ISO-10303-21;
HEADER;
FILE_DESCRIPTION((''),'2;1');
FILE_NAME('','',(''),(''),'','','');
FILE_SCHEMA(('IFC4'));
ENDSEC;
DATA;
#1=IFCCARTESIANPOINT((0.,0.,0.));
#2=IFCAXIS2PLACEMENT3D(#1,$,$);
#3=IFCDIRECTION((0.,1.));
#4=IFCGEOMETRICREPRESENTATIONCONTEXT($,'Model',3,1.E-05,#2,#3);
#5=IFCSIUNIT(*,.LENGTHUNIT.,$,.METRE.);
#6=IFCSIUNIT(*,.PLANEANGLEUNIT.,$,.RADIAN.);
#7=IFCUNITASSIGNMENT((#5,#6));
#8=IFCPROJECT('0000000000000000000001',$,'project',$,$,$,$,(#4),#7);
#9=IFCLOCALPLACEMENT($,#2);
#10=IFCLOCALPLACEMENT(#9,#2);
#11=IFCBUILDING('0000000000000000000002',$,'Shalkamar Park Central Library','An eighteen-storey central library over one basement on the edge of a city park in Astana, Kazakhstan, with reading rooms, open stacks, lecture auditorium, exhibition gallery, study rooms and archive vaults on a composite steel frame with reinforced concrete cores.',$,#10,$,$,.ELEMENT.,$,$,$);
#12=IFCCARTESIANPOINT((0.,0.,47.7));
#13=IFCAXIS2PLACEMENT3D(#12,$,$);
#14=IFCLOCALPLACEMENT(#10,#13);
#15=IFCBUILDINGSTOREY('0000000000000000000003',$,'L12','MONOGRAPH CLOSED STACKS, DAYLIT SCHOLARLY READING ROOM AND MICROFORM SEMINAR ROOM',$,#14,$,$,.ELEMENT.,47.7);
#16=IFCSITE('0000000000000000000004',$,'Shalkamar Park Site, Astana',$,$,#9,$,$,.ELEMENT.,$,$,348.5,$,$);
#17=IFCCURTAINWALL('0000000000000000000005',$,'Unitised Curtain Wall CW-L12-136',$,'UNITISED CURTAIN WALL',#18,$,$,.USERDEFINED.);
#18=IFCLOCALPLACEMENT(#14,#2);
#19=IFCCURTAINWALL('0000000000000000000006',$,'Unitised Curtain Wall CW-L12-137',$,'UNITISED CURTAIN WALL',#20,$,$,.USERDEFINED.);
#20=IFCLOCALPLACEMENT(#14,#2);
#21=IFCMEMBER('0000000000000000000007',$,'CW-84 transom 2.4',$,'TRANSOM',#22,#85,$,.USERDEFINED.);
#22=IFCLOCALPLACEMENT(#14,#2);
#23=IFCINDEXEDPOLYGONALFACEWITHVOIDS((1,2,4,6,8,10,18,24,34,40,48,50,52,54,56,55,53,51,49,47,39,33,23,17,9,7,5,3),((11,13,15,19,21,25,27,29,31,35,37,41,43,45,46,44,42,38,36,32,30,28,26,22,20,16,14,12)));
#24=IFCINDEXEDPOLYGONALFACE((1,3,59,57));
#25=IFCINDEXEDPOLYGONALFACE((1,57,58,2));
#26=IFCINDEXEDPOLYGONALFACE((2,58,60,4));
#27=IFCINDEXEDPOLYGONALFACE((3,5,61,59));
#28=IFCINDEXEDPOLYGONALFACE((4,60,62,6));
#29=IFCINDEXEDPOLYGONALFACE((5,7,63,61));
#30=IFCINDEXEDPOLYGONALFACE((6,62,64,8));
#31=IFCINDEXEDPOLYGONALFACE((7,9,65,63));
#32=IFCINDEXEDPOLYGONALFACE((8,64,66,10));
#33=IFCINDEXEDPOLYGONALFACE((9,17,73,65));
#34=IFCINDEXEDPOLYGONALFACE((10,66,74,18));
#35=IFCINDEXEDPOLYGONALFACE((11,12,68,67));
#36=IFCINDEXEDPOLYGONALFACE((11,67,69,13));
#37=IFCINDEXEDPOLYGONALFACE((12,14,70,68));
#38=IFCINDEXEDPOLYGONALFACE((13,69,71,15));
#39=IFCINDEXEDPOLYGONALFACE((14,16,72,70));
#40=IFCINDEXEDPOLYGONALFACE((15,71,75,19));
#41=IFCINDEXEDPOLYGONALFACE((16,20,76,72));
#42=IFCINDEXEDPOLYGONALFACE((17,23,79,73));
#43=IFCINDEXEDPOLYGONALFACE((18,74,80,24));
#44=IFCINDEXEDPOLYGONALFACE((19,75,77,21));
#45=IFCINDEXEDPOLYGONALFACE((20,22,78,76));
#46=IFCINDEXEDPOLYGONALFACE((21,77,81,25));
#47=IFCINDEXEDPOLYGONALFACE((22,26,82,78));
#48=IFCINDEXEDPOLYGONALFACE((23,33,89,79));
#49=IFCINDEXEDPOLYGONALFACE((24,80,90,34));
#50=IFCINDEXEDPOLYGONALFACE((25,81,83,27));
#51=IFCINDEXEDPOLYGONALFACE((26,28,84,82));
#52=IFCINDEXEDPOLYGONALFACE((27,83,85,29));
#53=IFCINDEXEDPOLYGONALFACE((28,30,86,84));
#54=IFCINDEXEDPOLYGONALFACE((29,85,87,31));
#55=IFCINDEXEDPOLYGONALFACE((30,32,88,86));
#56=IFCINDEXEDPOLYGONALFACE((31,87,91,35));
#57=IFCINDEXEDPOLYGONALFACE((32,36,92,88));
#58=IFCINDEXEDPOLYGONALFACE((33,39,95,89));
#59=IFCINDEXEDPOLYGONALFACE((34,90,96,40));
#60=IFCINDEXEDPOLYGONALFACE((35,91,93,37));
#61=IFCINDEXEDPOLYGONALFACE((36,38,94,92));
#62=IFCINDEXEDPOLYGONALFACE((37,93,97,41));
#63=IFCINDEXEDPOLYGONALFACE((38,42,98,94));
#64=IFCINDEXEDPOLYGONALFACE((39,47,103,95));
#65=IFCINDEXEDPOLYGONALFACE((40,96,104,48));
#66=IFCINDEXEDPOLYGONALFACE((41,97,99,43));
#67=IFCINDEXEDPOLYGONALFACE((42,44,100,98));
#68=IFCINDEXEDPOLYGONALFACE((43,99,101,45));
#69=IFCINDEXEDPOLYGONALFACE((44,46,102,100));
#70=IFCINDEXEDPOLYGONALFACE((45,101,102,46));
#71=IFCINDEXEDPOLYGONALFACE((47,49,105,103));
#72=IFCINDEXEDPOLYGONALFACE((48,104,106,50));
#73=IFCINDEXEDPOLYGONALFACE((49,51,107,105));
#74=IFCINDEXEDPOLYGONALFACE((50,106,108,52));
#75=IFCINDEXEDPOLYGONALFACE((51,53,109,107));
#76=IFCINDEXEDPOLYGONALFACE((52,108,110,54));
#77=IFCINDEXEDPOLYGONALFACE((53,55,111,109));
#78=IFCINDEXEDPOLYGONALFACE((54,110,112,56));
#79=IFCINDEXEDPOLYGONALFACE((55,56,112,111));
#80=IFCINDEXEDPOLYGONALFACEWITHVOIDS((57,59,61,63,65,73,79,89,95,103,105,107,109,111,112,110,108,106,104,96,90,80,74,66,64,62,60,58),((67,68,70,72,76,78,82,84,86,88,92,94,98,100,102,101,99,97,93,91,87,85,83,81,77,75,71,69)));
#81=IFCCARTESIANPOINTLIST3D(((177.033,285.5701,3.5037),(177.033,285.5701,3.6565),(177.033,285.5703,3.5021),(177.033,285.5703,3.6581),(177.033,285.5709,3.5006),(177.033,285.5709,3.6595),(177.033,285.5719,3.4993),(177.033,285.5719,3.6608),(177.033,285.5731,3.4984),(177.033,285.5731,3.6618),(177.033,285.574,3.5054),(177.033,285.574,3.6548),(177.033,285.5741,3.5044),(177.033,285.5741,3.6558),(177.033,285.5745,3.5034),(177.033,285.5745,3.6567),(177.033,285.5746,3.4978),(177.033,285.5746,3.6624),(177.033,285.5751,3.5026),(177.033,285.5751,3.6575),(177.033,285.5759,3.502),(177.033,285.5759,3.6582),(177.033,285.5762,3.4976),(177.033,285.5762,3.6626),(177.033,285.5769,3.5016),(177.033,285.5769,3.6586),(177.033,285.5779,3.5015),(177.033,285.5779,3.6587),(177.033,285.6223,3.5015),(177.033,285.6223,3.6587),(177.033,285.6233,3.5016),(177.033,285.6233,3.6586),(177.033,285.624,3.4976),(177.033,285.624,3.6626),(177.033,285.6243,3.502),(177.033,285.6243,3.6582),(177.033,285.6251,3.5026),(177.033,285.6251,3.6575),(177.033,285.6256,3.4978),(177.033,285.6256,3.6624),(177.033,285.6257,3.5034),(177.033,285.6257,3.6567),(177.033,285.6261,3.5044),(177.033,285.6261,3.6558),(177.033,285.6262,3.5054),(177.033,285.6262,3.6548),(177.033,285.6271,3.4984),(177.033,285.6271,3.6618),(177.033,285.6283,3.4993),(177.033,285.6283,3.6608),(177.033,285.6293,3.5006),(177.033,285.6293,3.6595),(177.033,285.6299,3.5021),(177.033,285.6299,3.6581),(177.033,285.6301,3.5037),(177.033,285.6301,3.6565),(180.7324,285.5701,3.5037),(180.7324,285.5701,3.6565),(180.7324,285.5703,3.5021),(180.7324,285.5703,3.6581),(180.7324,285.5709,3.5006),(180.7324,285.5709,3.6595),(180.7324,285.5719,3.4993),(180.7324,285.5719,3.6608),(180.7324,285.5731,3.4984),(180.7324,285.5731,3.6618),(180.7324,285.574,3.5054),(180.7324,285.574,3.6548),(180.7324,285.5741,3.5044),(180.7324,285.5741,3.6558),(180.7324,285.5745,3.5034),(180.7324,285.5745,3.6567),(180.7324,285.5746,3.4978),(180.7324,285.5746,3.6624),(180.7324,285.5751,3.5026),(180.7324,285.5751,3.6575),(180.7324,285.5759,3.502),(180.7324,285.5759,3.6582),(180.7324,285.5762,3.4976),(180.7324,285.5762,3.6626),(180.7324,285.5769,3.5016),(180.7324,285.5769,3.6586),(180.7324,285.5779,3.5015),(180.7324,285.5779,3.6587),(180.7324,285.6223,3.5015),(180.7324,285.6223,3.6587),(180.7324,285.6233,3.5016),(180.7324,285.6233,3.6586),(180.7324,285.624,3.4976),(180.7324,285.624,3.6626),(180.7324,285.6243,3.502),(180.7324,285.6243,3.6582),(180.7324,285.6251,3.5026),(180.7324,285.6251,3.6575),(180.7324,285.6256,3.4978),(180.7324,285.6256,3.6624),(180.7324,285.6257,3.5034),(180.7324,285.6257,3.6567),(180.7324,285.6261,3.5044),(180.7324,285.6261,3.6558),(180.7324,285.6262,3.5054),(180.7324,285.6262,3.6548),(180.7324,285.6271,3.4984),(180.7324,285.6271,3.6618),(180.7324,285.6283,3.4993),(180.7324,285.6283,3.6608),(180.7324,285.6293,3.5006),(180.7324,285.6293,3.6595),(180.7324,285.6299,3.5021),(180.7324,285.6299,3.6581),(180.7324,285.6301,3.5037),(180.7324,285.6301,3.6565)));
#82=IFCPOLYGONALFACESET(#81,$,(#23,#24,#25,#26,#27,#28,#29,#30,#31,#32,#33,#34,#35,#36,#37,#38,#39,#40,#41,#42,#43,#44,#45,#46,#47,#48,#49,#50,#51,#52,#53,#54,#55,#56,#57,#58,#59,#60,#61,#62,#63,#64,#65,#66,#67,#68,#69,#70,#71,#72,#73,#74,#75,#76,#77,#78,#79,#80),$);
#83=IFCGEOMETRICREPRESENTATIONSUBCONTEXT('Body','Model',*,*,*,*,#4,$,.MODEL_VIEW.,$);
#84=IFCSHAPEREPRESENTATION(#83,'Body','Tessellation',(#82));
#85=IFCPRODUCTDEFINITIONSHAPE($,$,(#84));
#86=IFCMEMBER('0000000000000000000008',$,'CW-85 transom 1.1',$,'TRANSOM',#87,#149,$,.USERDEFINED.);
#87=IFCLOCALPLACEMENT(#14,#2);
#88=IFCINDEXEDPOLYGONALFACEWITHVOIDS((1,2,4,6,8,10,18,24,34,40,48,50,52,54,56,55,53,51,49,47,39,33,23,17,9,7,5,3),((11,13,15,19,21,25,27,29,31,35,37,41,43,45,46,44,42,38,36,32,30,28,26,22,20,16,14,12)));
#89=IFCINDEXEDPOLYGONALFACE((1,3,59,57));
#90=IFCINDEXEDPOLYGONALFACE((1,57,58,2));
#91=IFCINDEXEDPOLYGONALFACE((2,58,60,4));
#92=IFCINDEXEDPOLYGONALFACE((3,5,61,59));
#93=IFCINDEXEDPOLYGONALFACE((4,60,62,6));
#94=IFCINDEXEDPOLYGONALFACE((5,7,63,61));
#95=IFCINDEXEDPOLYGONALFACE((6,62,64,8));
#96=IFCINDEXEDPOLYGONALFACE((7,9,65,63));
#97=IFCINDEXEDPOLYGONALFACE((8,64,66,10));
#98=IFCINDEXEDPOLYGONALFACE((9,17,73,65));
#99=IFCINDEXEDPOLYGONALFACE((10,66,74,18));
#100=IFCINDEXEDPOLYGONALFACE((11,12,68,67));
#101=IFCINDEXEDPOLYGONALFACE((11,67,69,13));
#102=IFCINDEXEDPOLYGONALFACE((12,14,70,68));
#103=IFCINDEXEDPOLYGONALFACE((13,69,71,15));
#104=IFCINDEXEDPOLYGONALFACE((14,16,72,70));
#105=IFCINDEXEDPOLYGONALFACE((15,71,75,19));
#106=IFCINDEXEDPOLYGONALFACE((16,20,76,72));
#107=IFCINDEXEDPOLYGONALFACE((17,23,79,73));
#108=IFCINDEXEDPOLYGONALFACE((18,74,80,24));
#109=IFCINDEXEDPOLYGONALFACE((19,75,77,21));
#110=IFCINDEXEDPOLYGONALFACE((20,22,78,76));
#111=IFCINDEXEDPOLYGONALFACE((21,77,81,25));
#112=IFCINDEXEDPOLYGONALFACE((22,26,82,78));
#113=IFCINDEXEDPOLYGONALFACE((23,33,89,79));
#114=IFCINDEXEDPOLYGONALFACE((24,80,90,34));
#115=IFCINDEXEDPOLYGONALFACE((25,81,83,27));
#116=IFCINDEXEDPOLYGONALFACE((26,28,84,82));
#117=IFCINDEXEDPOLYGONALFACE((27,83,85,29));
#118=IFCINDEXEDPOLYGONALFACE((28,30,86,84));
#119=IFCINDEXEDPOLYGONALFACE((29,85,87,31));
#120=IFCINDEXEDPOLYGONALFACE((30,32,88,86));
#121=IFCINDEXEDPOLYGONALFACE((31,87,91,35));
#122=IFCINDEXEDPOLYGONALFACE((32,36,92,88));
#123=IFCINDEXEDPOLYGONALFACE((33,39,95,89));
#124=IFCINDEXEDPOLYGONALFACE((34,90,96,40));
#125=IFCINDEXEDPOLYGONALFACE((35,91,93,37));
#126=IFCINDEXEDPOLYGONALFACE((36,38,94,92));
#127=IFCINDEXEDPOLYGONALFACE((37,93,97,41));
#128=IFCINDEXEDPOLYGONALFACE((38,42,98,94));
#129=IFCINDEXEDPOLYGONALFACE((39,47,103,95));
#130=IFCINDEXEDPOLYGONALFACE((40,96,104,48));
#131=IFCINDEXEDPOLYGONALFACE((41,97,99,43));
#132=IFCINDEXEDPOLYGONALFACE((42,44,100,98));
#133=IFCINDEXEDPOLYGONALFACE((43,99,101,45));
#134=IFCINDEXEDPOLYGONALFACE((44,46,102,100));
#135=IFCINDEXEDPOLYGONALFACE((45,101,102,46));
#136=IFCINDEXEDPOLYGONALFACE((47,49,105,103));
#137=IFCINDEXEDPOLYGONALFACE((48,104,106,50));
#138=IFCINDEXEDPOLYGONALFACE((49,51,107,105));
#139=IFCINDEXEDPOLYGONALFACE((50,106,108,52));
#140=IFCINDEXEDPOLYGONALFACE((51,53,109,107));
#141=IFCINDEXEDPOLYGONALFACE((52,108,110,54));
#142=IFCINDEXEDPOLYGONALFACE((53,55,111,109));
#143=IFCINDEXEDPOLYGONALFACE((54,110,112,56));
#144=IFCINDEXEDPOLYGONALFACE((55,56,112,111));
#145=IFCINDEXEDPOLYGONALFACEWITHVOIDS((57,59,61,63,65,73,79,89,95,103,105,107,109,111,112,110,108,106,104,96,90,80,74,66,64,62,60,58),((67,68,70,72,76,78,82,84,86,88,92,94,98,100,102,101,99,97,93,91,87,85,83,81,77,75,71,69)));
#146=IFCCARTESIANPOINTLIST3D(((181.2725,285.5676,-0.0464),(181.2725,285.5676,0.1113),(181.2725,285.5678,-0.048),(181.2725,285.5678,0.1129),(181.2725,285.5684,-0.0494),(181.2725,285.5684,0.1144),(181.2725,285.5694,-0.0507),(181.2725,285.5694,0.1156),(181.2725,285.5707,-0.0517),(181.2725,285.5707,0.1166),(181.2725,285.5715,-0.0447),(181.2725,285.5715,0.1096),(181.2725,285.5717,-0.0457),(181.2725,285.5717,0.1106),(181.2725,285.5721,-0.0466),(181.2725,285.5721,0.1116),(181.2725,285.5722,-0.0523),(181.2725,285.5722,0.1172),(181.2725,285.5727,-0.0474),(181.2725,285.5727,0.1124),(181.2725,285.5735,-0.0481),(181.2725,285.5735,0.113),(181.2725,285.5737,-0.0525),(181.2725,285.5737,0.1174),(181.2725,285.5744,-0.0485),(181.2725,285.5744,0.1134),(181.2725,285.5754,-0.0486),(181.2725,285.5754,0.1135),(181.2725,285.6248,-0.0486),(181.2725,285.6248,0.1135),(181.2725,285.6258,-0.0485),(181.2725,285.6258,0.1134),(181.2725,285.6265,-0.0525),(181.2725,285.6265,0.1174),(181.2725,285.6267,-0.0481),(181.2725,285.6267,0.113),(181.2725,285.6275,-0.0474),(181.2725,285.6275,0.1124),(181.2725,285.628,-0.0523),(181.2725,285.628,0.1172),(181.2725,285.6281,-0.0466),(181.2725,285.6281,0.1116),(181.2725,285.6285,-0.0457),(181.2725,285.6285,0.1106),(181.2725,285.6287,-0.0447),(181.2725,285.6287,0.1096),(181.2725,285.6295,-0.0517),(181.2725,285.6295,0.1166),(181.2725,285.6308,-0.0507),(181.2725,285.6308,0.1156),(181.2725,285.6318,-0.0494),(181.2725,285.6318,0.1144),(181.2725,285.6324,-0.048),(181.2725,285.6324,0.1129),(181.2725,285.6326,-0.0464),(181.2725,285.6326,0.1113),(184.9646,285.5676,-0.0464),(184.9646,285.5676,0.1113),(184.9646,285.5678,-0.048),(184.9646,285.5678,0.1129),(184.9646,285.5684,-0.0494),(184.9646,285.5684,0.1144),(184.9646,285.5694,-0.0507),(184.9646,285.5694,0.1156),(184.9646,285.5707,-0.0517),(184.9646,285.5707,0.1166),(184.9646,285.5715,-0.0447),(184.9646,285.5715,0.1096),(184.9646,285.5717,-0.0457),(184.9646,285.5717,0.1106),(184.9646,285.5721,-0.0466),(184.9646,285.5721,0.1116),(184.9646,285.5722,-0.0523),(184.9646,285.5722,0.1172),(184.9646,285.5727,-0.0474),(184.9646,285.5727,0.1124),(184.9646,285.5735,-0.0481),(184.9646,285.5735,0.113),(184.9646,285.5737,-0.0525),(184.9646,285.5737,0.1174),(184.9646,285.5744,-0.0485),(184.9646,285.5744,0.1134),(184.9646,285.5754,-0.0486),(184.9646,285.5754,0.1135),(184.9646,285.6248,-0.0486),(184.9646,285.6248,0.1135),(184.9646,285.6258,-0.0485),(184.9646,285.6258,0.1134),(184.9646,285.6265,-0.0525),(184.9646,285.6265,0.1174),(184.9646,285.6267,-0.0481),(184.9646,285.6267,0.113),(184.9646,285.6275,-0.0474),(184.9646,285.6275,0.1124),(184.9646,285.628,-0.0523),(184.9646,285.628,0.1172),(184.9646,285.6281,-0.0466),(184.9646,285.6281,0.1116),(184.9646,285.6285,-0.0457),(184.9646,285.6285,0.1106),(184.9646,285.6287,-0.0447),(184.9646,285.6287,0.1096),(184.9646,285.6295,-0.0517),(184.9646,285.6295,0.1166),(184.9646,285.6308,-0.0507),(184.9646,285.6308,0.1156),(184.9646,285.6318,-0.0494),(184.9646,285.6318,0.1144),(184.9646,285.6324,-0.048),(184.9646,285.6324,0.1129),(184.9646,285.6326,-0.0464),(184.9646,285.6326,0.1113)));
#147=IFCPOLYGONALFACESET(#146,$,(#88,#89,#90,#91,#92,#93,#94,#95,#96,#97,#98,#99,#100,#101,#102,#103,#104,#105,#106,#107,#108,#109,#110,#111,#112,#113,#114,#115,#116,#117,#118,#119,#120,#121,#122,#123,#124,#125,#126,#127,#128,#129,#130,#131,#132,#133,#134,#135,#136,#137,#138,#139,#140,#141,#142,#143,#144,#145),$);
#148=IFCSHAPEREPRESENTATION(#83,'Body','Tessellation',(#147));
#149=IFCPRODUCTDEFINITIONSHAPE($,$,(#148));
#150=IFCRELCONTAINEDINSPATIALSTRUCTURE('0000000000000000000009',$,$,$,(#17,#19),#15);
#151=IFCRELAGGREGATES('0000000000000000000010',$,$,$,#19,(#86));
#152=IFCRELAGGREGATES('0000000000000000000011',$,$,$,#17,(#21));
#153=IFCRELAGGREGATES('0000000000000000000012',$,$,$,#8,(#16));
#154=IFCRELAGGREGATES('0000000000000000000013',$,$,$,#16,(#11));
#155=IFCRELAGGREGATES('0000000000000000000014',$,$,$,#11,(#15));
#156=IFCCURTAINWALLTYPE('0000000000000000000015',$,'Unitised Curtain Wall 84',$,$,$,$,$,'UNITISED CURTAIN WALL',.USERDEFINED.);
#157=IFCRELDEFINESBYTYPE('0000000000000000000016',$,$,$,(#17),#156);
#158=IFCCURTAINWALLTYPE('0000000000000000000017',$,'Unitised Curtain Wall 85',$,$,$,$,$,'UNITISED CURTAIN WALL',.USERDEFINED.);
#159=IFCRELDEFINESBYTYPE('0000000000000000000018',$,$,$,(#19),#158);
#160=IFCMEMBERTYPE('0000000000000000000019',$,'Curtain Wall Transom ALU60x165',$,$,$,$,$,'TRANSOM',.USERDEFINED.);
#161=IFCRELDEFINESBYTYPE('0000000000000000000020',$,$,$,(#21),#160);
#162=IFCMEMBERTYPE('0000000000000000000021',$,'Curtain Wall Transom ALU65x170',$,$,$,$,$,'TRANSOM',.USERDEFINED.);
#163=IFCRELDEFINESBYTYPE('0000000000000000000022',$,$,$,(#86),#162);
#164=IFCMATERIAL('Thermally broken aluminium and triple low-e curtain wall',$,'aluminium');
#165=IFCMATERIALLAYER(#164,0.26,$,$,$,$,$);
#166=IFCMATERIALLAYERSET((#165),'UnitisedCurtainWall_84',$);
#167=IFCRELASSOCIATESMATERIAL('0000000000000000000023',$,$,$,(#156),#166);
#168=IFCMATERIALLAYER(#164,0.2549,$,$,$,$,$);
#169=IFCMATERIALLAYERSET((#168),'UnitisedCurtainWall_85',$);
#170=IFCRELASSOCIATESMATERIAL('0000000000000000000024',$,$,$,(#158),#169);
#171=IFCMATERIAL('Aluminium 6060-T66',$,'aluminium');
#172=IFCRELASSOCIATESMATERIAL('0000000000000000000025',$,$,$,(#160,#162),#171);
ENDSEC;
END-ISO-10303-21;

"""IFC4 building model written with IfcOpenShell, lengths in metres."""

from ifc_helpers import new_model, si_unit, direction, frame, origin, origin_2d, place, context, subcontext, project, spatial, hollow_rectangle, extrude, material, layer, layer_set, material_profile, profile_set, type_object, element, aggregate, save


model = new_model("IFC4")

# Units and contexts
model_context = context("Model", 3, precision=1e-05, world=origin(), true_north=direction((0.0, 1.0)))
body_context = subcontext(model_context, "Body", "Model", "MODEL_VIEW")
ifc_project = project(units=[si_unit("LENGTHUNIT", "METRE"), si_unit("PLANEANGLEUNIT", "RADIAN")], contexts=[model_context])

# Site, building, storey
site_placement = place(None, origin())
site = spatial("IfcSite", under=ifc_project, at=site_placement, Name="Shalkamar Park Site, Astana", CompositionType="ELEMENT", RefElevation=348.5)
building_placement = place(site_placement, origin())
building = spatial("IfcBuilding", under=site, at=building_placement, Name="Shalkamar Park Central Library", Description="An eighteen-storey central library over one basement on the edge of a city park in Astana, Kazakhstan, with reading rooms, open stacks, lecture auditorium, exhibition gallery, study rooms and archive vaults on a composite steel frame with reinforced concrete cores.", CompositionType="ELEMENT")
storey_placement = place(building_placement, frame((0.0, 0.0, 47.7)))
storey = spatial("IfcBuildingStorey", under=building, at=storey_placement, Name="L12", Description="MONOGRAPH CLOSED STACKS, DAYLIT SCHOLARLY READING ROOM AND MICROFORM SEMINAR ROOM", CompositionType="ELEMENT", Elevation=47.7)

# Curtain walls
ifc_material_1 = material(Name="Thermally broken aluminium and triple low-e curtain wall", Category="aluminium")
ifc_layer_1 = layer(ifc_material_1, 0.26)
ifc_layer_set_1 = layer_set([ifc_layer_1], Name="UnitisedCurtainWall_84")
curtain_wall_type_1 = type_object("IfcCurtainWallType", Name="Unitised Curtain Wall 84", ElementType="UNITISED CURTAIN WALL", PredefinedType="USERDEFINED", material=ifc_layer_set_1)
curtain_wall_1_placement = place(storey_placement, origin())
curtain_wall_1 = element("IfcCurtainWall", 1, at=curtain_wall_1_placement, inside=storey, type_object=curtain_wall_type_1, Name="Unitised Curtain Wall CW-L12-136", ObjectType="UNITISED CURTAIN WALL", PredefinedType="USERDEFINED")
ifc_material_2 = material(Name="Aluminium 6060-T66", Category="aluminium")
ifc_layer_2 = layer(ifc_material_1, 0.2549)
ifc_layer_set_2 = layer_set([ifc_layer_2], Name="UnitisedCurtainWall_85")
curtain_wall_type_2 = type_object("IfcCurtainWallType", Name="Unitised Curtain Wall 85", ElementType="UNITISED CURTAIN WALL", PredefinedType="USERDEFINED", material=ifc_layer_set_2)
curtain_wall_2_placement = place(storey_placement, origin())
curtain_wall_2 = element("IfcCurtainWall", 2, at=curtain_wall_2_placement, inside=storey, type_object=curtain_wall_type_2, Name="Unitised Curtain Wall CW-L12-137", ObjectType="UNITISED CURTAIN WALL", PredefinedType="USERDEFINED")

# Members
ifc_material_profile_1 = material_profile(ifc_material_2, hollow_rectangle(XDim=0.0601, YDim=0.165, WallThickness=0.0039, InnerFilletRadius=0.0039, OuterFilletRadius=0.0061, at=origin_2d()), Name="ALU 60x165x4")
ifc_profile_set_1 = profile_set([ifc_material_profile_1], Name="Aluminium 6060-T66")
member_type_1 = type_object("IfcMemberType", Name="Curtain Wall Transom ALU60x165", ElementType="TRANSOM", PredefinedType="USERDEFINED", material=ifc_profile_set_1)
member_1_placement = place(storey_placement, frame((177.033, 285.6001, 3.5801), z_axis=(1.0, 0.0, 0.0), x_axis=(0.0, 1.0, 0.0)))
member_1 = element("IfcMember", 3, at=member_1_placement, type_object=member_type_1, Name="CW-84 transom 2.4", ObjectType="TRANSOM", PredefinedType="USERDEFINED", context=body_context, shape_type="SweptSolid", body=[
    extrude(hollow_rectangle(XDim=0.0601, YDim=0.165, WallThickness=0.0039, InnerFilletRadius=0.0039, OuterFilletRadius=0.0061, at=origin_2d()), origin(), (0.0, 0.0, 1.0), 3.6995),
])
ifc_material_profile_2 = material_profile(ifc_material_2, hollow_rectangle(XDim=0.0649, YDim=0.1699, WallThickness=0.0039, InnerFilletRadius=0.0039, OuterFilletRadius=0.0061, at=origin_2d()), Name="ALU 65x170x4")
ifc_profile_set_2 = profile_set([ifc_material_profile_2], Name="Aluminium 6060-T66")
member_type_2 = type_object("IfcMemberType", Name="Curtain Wall Transom ALU65x170", ElementType="TRANSOM", PredefinedType="USERDEFINED", material=ifc_profile_set_2)
member_2_placement = place(storey_placement, frame((181.2725, 285.6001, 0.0325), z_axis=(1.0, 0.0, 0.0), x_axis=(0.0, 1.0, 0.0)))
member_2 = element("IfcMember", 4, at=member_2_placement, type_object=member_type_2, Name="CW-85 transom 1.1", ObjectType="TRANSOM", PredefinedType="USERDEFINED", context=body_context, shape_type="SweptSolid", body=[
    extrude(hollow_rectangle(XDim=0.0649, YDim=0.1699, WallThickness=0.0039, InnerFilletRadius=0.0039, OuterFilletRadius=0.0061, at=origin_2d()), origin(), (0.0, 0.0, 1.0), 3.6921),
])
aggregate(curtain_wall_2, [member_2])

aggregate(curtain_wall_1, [member_1])

save(model, "model.ifc")
